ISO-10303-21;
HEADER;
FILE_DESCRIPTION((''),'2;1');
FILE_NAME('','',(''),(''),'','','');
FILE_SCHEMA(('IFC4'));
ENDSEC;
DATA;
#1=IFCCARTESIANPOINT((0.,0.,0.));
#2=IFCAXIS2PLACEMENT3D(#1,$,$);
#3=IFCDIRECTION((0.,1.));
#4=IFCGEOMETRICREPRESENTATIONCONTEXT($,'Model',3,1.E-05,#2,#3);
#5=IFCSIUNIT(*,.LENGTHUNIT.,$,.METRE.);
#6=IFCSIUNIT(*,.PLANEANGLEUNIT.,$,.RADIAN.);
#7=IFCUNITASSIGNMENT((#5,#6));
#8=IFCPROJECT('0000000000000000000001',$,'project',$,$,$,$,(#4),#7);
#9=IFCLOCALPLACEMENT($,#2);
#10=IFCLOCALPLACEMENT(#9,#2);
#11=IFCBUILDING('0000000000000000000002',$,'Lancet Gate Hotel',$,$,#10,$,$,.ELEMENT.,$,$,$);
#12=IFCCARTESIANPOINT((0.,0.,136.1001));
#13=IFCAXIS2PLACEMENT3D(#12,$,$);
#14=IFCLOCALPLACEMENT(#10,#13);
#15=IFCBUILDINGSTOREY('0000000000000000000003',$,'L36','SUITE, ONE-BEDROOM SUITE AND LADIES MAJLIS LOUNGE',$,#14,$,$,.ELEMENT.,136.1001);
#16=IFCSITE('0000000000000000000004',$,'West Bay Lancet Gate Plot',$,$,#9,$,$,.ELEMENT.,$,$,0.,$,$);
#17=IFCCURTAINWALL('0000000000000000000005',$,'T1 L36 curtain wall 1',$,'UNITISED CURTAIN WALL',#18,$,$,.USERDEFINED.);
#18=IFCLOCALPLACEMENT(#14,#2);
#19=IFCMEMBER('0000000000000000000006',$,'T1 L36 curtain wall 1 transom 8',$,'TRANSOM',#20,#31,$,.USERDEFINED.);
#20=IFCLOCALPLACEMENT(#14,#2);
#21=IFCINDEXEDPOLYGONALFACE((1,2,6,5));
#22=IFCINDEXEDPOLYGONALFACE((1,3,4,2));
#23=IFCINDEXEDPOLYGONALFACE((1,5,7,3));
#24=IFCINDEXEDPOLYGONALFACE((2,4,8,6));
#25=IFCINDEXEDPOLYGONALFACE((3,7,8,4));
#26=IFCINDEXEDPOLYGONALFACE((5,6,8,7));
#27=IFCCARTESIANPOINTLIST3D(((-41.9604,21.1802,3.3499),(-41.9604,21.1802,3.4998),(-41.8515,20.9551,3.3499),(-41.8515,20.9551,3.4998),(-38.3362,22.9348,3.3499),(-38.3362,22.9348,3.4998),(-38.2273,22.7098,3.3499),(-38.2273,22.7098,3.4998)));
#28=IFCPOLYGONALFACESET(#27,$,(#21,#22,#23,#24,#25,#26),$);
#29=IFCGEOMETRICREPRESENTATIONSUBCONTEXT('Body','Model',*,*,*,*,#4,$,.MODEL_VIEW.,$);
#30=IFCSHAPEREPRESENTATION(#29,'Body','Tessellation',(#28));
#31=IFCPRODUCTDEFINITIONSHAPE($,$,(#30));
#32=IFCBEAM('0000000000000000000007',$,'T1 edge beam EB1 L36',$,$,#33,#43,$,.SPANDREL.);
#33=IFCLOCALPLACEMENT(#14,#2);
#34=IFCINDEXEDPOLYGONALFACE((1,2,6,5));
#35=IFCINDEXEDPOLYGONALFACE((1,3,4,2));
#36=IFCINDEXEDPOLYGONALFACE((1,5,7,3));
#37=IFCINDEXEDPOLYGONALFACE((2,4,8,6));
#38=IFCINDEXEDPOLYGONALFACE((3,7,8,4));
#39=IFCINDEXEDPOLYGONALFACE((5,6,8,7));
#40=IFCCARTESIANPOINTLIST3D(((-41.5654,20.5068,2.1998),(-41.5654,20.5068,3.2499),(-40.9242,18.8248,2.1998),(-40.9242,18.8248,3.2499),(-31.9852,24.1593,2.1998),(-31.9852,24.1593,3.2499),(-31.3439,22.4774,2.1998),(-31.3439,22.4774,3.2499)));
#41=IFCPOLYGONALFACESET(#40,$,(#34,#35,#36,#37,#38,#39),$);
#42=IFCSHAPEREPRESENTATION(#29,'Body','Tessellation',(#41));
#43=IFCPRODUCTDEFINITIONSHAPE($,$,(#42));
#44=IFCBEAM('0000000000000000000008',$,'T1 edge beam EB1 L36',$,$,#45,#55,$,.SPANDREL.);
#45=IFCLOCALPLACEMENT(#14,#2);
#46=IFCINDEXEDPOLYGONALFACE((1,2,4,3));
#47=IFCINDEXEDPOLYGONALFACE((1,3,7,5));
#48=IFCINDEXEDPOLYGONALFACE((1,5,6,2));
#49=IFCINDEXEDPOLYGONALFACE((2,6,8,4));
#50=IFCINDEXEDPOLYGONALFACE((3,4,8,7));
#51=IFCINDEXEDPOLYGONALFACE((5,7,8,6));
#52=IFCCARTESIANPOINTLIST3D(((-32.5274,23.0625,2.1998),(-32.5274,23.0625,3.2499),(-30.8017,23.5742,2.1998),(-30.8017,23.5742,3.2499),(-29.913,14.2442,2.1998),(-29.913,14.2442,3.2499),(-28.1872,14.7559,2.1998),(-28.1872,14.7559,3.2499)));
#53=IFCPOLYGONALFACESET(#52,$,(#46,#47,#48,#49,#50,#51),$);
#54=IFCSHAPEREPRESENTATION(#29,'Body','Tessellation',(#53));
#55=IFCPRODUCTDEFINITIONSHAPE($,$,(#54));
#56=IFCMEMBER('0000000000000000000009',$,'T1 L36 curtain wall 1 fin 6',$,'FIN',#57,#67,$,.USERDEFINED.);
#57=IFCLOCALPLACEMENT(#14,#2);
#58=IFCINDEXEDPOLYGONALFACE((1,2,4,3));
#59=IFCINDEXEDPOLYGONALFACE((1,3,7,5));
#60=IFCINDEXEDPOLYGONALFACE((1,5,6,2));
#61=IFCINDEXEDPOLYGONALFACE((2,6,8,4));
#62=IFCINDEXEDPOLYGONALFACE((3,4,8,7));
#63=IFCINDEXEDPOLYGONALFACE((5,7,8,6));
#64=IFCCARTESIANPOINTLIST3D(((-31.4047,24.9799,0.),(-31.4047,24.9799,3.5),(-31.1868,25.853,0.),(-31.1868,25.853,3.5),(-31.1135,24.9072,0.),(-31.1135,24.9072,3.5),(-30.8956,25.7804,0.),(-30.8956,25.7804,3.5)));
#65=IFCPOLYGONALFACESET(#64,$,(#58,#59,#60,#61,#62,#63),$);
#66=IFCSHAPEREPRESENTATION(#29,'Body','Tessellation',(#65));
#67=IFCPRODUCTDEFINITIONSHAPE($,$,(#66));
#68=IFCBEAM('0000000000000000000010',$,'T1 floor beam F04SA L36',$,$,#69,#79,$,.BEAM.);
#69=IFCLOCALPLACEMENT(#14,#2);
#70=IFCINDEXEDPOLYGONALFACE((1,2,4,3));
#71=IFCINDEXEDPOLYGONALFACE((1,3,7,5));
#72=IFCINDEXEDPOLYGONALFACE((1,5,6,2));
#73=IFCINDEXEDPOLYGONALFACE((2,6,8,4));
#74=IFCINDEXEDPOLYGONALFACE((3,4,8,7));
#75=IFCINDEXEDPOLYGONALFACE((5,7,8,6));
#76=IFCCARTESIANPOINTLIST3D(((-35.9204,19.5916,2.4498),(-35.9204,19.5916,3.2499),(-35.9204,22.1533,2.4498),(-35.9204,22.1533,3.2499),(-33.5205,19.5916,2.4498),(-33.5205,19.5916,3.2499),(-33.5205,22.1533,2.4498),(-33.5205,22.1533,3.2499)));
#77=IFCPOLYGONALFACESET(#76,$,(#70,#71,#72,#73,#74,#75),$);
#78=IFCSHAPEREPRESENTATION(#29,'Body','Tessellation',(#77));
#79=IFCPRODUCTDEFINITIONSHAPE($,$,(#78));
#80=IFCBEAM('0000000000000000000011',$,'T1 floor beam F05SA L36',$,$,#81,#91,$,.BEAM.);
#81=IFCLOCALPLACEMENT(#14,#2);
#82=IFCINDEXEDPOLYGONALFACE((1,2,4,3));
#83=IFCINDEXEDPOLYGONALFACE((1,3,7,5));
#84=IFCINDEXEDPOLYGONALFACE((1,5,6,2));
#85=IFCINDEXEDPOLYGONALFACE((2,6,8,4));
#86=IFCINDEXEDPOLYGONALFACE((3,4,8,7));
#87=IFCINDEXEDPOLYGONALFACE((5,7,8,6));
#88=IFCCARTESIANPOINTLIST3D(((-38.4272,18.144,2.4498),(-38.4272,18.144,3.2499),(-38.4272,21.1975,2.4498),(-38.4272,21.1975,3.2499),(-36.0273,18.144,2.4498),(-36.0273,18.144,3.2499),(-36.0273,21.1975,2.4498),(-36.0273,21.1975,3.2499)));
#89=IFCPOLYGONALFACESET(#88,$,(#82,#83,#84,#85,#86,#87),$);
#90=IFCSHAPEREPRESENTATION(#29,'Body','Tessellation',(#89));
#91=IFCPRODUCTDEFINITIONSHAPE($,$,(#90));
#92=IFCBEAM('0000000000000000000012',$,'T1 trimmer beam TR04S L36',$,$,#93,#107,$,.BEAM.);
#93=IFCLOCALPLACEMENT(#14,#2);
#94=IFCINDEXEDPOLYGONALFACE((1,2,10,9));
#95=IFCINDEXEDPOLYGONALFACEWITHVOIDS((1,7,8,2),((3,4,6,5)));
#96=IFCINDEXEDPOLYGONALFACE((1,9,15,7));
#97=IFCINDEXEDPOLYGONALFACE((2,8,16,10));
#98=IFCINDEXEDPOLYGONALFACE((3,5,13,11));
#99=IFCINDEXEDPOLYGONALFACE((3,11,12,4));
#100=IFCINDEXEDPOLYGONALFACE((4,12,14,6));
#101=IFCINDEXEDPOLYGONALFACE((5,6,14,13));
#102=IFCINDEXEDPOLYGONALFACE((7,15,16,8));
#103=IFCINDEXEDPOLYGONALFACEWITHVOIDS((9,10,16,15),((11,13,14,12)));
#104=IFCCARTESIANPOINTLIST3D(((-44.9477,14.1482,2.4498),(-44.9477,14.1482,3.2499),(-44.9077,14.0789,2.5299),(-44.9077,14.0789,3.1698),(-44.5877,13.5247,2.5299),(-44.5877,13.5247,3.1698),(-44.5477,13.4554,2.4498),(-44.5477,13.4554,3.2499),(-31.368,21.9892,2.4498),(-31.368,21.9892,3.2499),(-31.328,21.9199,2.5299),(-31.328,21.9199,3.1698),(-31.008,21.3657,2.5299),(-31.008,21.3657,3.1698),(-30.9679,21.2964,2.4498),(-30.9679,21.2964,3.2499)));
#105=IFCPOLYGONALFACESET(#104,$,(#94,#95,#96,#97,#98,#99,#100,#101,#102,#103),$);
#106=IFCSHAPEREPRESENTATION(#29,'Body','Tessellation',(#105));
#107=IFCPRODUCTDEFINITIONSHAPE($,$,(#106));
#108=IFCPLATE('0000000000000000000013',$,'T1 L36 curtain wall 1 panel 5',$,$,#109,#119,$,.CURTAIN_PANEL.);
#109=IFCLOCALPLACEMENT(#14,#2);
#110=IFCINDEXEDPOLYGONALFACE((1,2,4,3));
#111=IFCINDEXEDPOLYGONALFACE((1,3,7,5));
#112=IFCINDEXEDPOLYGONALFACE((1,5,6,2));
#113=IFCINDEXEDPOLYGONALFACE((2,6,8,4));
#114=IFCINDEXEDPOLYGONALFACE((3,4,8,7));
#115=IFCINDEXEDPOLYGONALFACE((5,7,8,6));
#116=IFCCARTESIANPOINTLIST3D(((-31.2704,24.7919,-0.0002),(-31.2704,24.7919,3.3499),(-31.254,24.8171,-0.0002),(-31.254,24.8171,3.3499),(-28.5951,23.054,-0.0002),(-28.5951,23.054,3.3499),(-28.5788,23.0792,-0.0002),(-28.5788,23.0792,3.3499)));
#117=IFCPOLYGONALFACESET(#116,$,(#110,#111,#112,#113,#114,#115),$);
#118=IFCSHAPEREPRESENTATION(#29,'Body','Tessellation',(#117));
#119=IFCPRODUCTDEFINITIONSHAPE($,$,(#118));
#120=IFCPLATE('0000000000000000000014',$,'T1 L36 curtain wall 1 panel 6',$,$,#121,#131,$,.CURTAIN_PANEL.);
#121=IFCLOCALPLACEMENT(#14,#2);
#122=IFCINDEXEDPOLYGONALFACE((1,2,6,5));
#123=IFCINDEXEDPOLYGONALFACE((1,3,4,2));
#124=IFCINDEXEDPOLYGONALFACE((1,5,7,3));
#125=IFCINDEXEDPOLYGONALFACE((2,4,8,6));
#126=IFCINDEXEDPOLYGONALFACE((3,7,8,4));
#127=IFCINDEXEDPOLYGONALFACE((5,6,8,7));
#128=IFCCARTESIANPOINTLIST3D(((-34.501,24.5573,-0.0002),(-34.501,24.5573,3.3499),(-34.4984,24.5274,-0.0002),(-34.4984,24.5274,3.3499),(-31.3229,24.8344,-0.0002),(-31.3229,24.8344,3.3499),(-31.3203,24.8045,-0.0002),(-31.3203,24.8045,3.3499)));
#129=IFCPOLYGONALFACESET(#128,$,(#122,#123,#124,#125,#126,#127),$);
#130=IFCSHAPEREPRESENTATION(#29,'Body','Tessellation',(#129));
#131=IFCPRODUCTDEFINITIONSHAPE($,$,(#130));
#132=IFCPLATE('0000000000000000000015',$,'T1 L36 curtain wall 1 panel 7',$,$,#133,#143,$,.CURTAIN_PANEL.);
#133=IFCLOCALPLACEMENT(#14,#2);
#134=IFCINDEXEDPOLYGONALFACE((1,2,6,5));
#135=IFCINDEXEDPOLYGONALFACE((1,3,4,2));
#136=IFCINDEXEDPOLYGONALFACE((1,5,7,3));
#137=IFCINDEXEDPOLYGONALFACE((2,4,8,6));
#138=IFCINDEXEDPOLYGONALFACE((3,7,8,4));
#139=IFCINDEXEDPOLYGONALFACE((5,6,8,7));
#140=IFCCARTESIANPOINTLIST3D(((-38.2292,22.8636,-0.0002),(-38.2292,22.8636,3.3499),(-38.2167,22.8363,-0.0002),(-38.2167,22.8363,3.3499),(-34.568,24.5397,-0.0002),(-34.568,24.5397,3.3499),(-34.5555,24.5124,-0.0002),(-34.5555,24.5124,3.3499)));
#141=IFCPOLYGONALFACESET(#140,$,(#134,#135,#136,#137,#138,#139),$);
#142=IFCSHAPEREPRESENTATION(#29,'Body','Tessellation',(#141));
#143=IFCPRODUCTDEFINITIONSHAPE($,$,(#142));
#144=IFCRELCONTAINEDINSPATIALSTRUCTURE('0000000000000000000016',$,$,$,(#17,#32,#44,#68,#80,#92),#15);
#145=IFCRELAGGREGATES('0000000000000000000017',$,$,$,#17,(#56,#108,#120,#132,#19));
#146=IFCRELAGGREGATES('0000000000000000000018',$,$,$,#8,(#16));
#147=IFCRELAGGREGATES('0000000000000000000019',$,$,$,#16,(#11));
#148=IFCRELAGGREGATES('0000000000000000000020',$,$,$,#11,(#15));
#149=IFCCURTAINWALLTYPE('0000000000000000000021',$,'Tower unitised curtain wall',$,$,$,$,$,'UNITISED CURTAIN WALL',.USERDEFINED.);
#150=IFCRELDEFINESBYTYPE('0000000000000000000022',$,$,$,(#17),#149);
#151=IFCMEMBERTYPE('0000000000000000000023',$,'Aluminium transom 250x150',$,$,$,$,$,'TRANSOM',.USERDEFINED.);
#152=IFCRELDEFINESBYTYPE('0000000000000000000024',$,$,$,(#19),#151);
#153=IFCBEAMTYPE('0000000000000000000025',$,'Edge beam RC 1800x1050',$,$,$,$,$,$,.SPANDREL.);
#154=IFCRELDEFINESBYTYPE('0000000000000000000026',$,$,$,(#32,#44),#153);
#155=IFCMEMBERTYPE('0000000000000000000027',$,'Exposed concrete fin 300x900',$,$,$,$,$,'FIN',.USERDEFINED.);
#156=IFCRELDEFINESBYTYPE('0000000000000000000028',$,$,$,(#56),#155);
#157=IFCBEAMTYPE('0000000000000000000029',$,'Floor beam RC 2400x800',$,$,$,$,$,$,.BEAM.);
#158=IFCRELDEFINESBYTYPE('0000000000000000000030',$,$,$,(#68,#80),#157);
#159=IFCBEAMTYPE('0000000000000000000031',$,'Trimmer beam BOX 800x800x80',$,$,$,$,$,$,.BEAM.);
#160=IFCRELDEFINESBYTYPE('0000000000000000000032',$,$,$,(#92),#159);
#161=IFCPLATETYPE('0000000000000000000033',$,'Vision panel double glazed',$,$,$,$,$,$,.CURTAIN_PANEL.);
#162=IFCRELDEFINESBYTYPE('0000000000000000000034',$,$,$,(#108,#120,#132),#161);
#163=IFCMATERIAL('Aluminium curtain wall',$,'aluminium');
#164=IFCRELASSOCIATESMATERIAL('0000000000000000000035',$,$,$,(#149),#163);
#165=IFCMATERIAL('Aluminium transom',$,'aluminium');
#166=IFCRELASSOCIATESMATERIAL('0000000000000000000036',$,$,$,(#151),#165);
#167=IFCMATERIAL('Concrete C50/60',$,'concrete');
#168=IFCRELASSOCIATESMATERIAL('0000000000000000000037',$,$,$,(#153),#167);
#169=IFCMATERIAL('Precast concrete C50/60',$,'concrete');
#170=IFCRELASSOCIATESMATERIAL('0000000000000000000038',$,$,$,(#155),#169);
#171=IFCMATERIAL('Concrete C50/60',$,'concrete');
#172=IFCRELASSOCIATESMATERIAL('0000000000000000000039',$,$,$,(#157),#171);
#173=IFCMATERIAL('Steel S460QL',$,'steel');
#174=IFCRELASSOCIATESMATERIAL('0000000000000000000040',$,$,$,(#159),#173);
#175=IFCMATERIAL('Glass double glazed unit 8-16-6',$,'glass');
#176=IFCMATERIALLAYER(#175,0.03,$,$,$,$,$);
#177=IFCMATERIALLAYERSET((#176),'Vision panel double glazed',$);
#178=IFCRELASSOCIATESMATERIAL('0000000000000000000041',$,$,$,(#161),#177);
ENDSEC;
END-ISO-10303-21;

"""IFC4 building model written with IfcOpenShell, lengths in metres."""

from ifc_helpers import new_model, si_unit, direction, frame, origin, origin_2d, place, context, subcontext, project, spatial, rectangle, hollow_rectangle, extrude, material, layer, layer_set, material_profile, profile_set, type_object, element, aggregate, save


model = new_model("IFC4")

# Units and contexts
model_context = context("Model", 3, precision=1e-05, world=origin(), true_north=direction((0.0, 1.0)))
body_context = subcontext(model_context, "Body", "Model", "MODEL_VIEW")
ifc_project = project(units=[si_unit("LENGTHUNIT", "METRE"), si_unit("PLANEANGLEUNIT", "RADIAN")], contexts=[model_context])

# Site, building, storey
site_placement = place(None, origin())
site = spatial("IfcSite", under=ifc_project, at=site_placement, Name="West Bay Lancet Gate Plot", CompositionType="ELEMENT", RefElevation=0.0)
building_placement = place(site_placement, origin())
building = spatial("IfcBuilding", under=site, at=building_placement, Name="Lancet Gate Hotel", CompositionType="ELEMENT")
storey_placement = place(building_placement, frame((0.0, 0.0, 136.1001)))
storey = spatial("IfcBuildingStorey", under=building, at=storey_placement, Name="L36", Description="SUITE, ONE-BEDROOM SUITE AND LADIES MAJLIS LOUNGE", CompositionType="ELEMENT", Elevation=136.1001)

# Curtain wall, member
ifc_material_1 = material(Name="Aluminium curtain wall", Category="aluminium")
curtain_wall_type = type_object("IfcCurtainWallType", Name="Tower unitised curtain wall", ElementType="UNITISED CURTAIN WALL", PredefinedType="USERDEFINED", material=ifc_material_1)
curtain_wall_placement = place(storey_placement, origin())
curtain_wall = element("IfcCurtainWall", 1, at=curtain_wall_placement, inside=storey, type_object=curtain_wall_type, Name="T1 L36 curtain wall 1", ObjectType="UNITISED CURTAIN WALL", PredefinedType="USERDEFINED")
ifc_material_2 = material(Name="Aluminium transom", Category="aluminium")
ifc_material_profile_1 = material_profile(ifc_material_2, rectangle(XDim=0.25, YDim=0.1499, at=origin_2d()), Name="TRANSOM 250x150")
ifc_profile_set_1 = profile_set([ifc_material_profile_1], Name="Aluminium transom")
member_type_1 = type_object("IfcMemberType", Name="Aluminium transom 250x150", ElementType="TRANSOM", PredefinedType="USERDEFINED", material=ifc_profile_set_1)
member_1_placement = place(storey_placement, frame((-38.2817, 22.8223, 3.4248), z_axis=(-0.900066, -0.435754, 0.0), x_axis=(0.435754, -0.900066, 0.0)))
member_1 = element("IfcMember", 2, at=member_1_placement, type_object=member_type_1, Name="T1 L36 curtain wall 1 transom 8", ObjectType="TRANSOM", PredefinedType="USERDEFINED", context=body_context, shape_type="SweptSolid", body=[
    extrude(rectangle(XDim=0.25, YDim=0.1499, at=origin_2d()), origin(), (0.0, 0.0, 1.0), 4.0266),
])

# Beams
ifc_material_3 = material(Name="Concrete C50/60", Category="concrete")
ifc_material_profile_2 = material_profile(ifc_material_3, rectangle(XDim=1.8, YDim=1.05, at=origin_2d()), Name="RC 1800x1050")
ifc_profile_set_2 = profile_set([ifc_material_profile_2], Name="Concrete C50/60")
beam_type_1 = type_object("IfcBeamType", Name="Edge beam RC 1800x1050", PredefinedType="SPANDREL", material=ifc_profile_set_2)
beam_1_placement = place(storey_placement, frame((-31.6646, 23.3184, 2.7249), z_axis=(-0.934392, -0.356246, 0.0), x_axis=(0.356246, -0.934392, 0.0)))
element("IfcBeam", 3, at=beam_1_placement, inside=storey, type_object=beam_type_1, Name="T1 edge beam EB1 L36", PredefinedType="SPANDREL", context=body_context, shape_type="SweptSolid", body=[
    extrude(rectangle(XDim=1.8, YDim=1.05, at=origin_2d()), origin(), (0.0, 0.0, 1.0), 10.2529),
])
beam_2_placement = place(storey_placement, frame((-31.6646, 23.3184, 2.7249), z_axis=(0.284254, -0.958749, 0.0), x_axis=(0.958749, 0.284254, 0.0)))
element("IfcBeam", 4, at=beam_2_placement, inside=storey, type_object=beam_type_1, Name="T1 edge beam EB1 L36", PredefinedType="SPANDREL", context=body_context, shape_type="SweptSolid", body=[
    extrude(rectangle(XDim=1.8, YDim=1.05, at=origin_2d()), origin(), (0.0, 0.0, 1.0), 9.1978),
])

# Member
ifc_material_4 = material(Name="Precast concrete C50/60", Category="concrete")
ifc_material_profile_3 = material_profile(ifc_material_4, rectangle(XDim=0.3, YDim=0.8999, at=origin_2d()), Name="FIN 300x900")
ifc_profile_set_3 = profile_set([ifc_material_profile_3], Name="Precast concrete C50/60")
member_type_2 = type_object("IfcMemberType", Name="Exposed concrete fin 300x900", ElementType="FIN", PredefinedType="USERDEFINED", material=ifc_profile_set_3)
member_2_placement = place(storey_placement, frame((-31.1501, 25.3801, 0.0), z_axis=(0.0, 0.0, 1.0), x_axis=(-0.970242, 0.242137, 0.0)))
member_2 = element("IfcMember", 5, at=member_2_placement, type_object=member_type_2, Name="T1 L36 curtain wall 1 fin 6", ObjectType="FIN", PredefinedType="USERDEFINED", context=body_context, shape_type="SweptSolid", body=[
    extrude(rectangle(XDim=0.3, YDim=0.8999, at=origin_2d()), origin(), (0.0, 0.0, 1.0), 3.5),
])

# Beams
ifc_material_5 = material(Name="Concrete C50/60", Category="concrete")
ifc_material_profile_4 = material_profile(ifc_material_5, rectangle(XDim=2.3999, YDim=0.8, at=origin_2d()), Name="RC 2400x800")
ifc_profile_set_4 = profile_set([ifc_material_profile_4], Name="Concrete C50/60")
beam_type_2 = type_object("IfcBeamType", Name="Floor beam RC 2400x800", PredefinedType="BEAM", material=ifc_profile_set_4)
beam_3_placement = place(storey_placement, frame((-34.7205, 22.1533, 2.8499), z_axis=(0.0, -1.0, 0.0), x_axis=(1.0, 0.0, 0.0)))
element("IfcBeam", 6, at=beam_3_placement, inside=storey, type_object=beam_type_2, Name="T1 floor beam F04SA L36", PredefinedType="BEAM", context=body_context, shape_type="SweptSolid", body=[
    extrude(rectangle(XDim=2.3999, YDim=0.8, at=origin_2d()), origin(), (0.0, 0.0, 1.0), 2.5618),
])
beam_4_placement = place(storey_placement, frame((-37.2273, 21.1975, 2.8499), z_axis=(0.0, -1.0, 0.0), x_axis=(1.0, 0.0, 0.0)))
element("IfcBeam", 7, at=beam_4_placement, inside=storey, type_object=beam_type_2, Name="T1 floor beam F05SA L36", PredefinedType="BEAM", context=body_context, shape_type="SweptSolid", body=[
    extrude(rectangle(XDim=2.3999, YDim=0.8, at=origin_2d()), origin(), (0.0, 0.0, 1.0), 3.0535),
])
ifc_material_6 = material(Name="Steel S460QL", Category="steel")
ifc_material_profile_5 = material_profile(ifc_material_6, hollow_rectangle(XDim=0.8, YDim=0.8, WallThickness=0.0801, at=origin_2d()), Name="BOX 800x800x80")
ifc_profile_set_5 = profile_set([ifc_material_profile_5], Name="Steel S460QL")
beam_type_3 = type_object("IfcBeamType", Name="Trimmer beam BOX 800x800x80", PredefinedType="BEAM", material=ifc_profile_set_5)
beam_5_placement = place(storey_placement, frame((-31.168, 21.6428, 2.8499), z_axis=(-0.866005, -0.500036, 0.0), x_axis=(0.500036, -0.866005, 0.0)))
element("IfcBeam", 8, at=beam_5_placement, inside=storey, type_object=beam_type_3, Name="T1 trimmer beam TR04S L36", PredefinedType="BEAM", context=body_context, shape_type="SweptSolid", body=[
    extrude(hollow_rectangle(XDim=0.8, YDim=0.8, WallThickness=0.0801, at=origin_2d()), origin(), (0.0, 0.0, 1.0), 15.6809),
])

# Plates
ifc_material_7 = material(Name="Glass double glazed unit 8-16-6", Category="glass")
ifc_layer = layer(ifc_material_7, 0.03)
ifc_layer_set = layer_set([ifc_layer], Name="Vision panel double glazed")
plate_type = type_object("IfcPlateType", Name="Vision panel double glazed", PredefinedType="CURTAIN_PANEL", material=ifc_layer_set)
plate_1_placement = place(storey_placement, frame((-29.9246, 23.9355, -0.0002), z_axis=(0.0, 0.0, 1.0), x_axis=(-0.83858, 0.544778, 0.0)))
plate_1 = element("IfcPlate", 9, at=plate_1_placement, type_object=plate_type, Name="T1 L36 curtain wall 1 panel 5", PredefinedType="CURTAIN_PANEL", context=body_context, shape_type="SweptSolid", body=[
    extrude(rectangle(XDim=3.1902, YDim=0.03, at=origin_2d()), origin(), (0.0, 0.0, 1.0), 3.3501),
])
plate_2_placement = place(storey_placement, frame((-32.9106, 24.6809, -0.0002), z_axis=(0.0, 0.0, 1.0), x_axis=(-0.996219, -0.08688, 0.0)))
plate_2 = element("IfcPlate", 10, at=plate_2_placement, type_object=plate_type, Name="T1 L36 curtain wall 1 panel 6", PredefinedType="CURTAIN_PANEL", context=body_context, shape_type="SweptSolid", body=[
    extrude(rectangle(XDim=3.1902, YDim=0.03, at=origin_2d()), origin(), (0.0, 0.0, 1.0), 3.3501),
])
plate_3_placement = place(storey_placement, frame((-36.3923, 23.688, -0.0002), z_axis=(0.0, 0.0, 1.0), x_axis=(-0.909253, -0.416245, 0.0)))
plate_3 = element("IfcPlate", 11, at=plate_3_placement, type_object=plate_type, Name="T1 L36 curtain wall 1 panel 7", PredefinedType="CURTAIN_PANEL", context=body_context, shape_type="SweptSolid", body=[
    extrude(rectangle(XDim=4.0266, YDim=0.03, at=origin_2d()), origin(), (0.0, 0.0, 1.0), 3.3501),
])
aggregate(curtain_wall, [member_2, plate_1, plate_2, plate_3, member_1])

save(model, "model.ifc")
